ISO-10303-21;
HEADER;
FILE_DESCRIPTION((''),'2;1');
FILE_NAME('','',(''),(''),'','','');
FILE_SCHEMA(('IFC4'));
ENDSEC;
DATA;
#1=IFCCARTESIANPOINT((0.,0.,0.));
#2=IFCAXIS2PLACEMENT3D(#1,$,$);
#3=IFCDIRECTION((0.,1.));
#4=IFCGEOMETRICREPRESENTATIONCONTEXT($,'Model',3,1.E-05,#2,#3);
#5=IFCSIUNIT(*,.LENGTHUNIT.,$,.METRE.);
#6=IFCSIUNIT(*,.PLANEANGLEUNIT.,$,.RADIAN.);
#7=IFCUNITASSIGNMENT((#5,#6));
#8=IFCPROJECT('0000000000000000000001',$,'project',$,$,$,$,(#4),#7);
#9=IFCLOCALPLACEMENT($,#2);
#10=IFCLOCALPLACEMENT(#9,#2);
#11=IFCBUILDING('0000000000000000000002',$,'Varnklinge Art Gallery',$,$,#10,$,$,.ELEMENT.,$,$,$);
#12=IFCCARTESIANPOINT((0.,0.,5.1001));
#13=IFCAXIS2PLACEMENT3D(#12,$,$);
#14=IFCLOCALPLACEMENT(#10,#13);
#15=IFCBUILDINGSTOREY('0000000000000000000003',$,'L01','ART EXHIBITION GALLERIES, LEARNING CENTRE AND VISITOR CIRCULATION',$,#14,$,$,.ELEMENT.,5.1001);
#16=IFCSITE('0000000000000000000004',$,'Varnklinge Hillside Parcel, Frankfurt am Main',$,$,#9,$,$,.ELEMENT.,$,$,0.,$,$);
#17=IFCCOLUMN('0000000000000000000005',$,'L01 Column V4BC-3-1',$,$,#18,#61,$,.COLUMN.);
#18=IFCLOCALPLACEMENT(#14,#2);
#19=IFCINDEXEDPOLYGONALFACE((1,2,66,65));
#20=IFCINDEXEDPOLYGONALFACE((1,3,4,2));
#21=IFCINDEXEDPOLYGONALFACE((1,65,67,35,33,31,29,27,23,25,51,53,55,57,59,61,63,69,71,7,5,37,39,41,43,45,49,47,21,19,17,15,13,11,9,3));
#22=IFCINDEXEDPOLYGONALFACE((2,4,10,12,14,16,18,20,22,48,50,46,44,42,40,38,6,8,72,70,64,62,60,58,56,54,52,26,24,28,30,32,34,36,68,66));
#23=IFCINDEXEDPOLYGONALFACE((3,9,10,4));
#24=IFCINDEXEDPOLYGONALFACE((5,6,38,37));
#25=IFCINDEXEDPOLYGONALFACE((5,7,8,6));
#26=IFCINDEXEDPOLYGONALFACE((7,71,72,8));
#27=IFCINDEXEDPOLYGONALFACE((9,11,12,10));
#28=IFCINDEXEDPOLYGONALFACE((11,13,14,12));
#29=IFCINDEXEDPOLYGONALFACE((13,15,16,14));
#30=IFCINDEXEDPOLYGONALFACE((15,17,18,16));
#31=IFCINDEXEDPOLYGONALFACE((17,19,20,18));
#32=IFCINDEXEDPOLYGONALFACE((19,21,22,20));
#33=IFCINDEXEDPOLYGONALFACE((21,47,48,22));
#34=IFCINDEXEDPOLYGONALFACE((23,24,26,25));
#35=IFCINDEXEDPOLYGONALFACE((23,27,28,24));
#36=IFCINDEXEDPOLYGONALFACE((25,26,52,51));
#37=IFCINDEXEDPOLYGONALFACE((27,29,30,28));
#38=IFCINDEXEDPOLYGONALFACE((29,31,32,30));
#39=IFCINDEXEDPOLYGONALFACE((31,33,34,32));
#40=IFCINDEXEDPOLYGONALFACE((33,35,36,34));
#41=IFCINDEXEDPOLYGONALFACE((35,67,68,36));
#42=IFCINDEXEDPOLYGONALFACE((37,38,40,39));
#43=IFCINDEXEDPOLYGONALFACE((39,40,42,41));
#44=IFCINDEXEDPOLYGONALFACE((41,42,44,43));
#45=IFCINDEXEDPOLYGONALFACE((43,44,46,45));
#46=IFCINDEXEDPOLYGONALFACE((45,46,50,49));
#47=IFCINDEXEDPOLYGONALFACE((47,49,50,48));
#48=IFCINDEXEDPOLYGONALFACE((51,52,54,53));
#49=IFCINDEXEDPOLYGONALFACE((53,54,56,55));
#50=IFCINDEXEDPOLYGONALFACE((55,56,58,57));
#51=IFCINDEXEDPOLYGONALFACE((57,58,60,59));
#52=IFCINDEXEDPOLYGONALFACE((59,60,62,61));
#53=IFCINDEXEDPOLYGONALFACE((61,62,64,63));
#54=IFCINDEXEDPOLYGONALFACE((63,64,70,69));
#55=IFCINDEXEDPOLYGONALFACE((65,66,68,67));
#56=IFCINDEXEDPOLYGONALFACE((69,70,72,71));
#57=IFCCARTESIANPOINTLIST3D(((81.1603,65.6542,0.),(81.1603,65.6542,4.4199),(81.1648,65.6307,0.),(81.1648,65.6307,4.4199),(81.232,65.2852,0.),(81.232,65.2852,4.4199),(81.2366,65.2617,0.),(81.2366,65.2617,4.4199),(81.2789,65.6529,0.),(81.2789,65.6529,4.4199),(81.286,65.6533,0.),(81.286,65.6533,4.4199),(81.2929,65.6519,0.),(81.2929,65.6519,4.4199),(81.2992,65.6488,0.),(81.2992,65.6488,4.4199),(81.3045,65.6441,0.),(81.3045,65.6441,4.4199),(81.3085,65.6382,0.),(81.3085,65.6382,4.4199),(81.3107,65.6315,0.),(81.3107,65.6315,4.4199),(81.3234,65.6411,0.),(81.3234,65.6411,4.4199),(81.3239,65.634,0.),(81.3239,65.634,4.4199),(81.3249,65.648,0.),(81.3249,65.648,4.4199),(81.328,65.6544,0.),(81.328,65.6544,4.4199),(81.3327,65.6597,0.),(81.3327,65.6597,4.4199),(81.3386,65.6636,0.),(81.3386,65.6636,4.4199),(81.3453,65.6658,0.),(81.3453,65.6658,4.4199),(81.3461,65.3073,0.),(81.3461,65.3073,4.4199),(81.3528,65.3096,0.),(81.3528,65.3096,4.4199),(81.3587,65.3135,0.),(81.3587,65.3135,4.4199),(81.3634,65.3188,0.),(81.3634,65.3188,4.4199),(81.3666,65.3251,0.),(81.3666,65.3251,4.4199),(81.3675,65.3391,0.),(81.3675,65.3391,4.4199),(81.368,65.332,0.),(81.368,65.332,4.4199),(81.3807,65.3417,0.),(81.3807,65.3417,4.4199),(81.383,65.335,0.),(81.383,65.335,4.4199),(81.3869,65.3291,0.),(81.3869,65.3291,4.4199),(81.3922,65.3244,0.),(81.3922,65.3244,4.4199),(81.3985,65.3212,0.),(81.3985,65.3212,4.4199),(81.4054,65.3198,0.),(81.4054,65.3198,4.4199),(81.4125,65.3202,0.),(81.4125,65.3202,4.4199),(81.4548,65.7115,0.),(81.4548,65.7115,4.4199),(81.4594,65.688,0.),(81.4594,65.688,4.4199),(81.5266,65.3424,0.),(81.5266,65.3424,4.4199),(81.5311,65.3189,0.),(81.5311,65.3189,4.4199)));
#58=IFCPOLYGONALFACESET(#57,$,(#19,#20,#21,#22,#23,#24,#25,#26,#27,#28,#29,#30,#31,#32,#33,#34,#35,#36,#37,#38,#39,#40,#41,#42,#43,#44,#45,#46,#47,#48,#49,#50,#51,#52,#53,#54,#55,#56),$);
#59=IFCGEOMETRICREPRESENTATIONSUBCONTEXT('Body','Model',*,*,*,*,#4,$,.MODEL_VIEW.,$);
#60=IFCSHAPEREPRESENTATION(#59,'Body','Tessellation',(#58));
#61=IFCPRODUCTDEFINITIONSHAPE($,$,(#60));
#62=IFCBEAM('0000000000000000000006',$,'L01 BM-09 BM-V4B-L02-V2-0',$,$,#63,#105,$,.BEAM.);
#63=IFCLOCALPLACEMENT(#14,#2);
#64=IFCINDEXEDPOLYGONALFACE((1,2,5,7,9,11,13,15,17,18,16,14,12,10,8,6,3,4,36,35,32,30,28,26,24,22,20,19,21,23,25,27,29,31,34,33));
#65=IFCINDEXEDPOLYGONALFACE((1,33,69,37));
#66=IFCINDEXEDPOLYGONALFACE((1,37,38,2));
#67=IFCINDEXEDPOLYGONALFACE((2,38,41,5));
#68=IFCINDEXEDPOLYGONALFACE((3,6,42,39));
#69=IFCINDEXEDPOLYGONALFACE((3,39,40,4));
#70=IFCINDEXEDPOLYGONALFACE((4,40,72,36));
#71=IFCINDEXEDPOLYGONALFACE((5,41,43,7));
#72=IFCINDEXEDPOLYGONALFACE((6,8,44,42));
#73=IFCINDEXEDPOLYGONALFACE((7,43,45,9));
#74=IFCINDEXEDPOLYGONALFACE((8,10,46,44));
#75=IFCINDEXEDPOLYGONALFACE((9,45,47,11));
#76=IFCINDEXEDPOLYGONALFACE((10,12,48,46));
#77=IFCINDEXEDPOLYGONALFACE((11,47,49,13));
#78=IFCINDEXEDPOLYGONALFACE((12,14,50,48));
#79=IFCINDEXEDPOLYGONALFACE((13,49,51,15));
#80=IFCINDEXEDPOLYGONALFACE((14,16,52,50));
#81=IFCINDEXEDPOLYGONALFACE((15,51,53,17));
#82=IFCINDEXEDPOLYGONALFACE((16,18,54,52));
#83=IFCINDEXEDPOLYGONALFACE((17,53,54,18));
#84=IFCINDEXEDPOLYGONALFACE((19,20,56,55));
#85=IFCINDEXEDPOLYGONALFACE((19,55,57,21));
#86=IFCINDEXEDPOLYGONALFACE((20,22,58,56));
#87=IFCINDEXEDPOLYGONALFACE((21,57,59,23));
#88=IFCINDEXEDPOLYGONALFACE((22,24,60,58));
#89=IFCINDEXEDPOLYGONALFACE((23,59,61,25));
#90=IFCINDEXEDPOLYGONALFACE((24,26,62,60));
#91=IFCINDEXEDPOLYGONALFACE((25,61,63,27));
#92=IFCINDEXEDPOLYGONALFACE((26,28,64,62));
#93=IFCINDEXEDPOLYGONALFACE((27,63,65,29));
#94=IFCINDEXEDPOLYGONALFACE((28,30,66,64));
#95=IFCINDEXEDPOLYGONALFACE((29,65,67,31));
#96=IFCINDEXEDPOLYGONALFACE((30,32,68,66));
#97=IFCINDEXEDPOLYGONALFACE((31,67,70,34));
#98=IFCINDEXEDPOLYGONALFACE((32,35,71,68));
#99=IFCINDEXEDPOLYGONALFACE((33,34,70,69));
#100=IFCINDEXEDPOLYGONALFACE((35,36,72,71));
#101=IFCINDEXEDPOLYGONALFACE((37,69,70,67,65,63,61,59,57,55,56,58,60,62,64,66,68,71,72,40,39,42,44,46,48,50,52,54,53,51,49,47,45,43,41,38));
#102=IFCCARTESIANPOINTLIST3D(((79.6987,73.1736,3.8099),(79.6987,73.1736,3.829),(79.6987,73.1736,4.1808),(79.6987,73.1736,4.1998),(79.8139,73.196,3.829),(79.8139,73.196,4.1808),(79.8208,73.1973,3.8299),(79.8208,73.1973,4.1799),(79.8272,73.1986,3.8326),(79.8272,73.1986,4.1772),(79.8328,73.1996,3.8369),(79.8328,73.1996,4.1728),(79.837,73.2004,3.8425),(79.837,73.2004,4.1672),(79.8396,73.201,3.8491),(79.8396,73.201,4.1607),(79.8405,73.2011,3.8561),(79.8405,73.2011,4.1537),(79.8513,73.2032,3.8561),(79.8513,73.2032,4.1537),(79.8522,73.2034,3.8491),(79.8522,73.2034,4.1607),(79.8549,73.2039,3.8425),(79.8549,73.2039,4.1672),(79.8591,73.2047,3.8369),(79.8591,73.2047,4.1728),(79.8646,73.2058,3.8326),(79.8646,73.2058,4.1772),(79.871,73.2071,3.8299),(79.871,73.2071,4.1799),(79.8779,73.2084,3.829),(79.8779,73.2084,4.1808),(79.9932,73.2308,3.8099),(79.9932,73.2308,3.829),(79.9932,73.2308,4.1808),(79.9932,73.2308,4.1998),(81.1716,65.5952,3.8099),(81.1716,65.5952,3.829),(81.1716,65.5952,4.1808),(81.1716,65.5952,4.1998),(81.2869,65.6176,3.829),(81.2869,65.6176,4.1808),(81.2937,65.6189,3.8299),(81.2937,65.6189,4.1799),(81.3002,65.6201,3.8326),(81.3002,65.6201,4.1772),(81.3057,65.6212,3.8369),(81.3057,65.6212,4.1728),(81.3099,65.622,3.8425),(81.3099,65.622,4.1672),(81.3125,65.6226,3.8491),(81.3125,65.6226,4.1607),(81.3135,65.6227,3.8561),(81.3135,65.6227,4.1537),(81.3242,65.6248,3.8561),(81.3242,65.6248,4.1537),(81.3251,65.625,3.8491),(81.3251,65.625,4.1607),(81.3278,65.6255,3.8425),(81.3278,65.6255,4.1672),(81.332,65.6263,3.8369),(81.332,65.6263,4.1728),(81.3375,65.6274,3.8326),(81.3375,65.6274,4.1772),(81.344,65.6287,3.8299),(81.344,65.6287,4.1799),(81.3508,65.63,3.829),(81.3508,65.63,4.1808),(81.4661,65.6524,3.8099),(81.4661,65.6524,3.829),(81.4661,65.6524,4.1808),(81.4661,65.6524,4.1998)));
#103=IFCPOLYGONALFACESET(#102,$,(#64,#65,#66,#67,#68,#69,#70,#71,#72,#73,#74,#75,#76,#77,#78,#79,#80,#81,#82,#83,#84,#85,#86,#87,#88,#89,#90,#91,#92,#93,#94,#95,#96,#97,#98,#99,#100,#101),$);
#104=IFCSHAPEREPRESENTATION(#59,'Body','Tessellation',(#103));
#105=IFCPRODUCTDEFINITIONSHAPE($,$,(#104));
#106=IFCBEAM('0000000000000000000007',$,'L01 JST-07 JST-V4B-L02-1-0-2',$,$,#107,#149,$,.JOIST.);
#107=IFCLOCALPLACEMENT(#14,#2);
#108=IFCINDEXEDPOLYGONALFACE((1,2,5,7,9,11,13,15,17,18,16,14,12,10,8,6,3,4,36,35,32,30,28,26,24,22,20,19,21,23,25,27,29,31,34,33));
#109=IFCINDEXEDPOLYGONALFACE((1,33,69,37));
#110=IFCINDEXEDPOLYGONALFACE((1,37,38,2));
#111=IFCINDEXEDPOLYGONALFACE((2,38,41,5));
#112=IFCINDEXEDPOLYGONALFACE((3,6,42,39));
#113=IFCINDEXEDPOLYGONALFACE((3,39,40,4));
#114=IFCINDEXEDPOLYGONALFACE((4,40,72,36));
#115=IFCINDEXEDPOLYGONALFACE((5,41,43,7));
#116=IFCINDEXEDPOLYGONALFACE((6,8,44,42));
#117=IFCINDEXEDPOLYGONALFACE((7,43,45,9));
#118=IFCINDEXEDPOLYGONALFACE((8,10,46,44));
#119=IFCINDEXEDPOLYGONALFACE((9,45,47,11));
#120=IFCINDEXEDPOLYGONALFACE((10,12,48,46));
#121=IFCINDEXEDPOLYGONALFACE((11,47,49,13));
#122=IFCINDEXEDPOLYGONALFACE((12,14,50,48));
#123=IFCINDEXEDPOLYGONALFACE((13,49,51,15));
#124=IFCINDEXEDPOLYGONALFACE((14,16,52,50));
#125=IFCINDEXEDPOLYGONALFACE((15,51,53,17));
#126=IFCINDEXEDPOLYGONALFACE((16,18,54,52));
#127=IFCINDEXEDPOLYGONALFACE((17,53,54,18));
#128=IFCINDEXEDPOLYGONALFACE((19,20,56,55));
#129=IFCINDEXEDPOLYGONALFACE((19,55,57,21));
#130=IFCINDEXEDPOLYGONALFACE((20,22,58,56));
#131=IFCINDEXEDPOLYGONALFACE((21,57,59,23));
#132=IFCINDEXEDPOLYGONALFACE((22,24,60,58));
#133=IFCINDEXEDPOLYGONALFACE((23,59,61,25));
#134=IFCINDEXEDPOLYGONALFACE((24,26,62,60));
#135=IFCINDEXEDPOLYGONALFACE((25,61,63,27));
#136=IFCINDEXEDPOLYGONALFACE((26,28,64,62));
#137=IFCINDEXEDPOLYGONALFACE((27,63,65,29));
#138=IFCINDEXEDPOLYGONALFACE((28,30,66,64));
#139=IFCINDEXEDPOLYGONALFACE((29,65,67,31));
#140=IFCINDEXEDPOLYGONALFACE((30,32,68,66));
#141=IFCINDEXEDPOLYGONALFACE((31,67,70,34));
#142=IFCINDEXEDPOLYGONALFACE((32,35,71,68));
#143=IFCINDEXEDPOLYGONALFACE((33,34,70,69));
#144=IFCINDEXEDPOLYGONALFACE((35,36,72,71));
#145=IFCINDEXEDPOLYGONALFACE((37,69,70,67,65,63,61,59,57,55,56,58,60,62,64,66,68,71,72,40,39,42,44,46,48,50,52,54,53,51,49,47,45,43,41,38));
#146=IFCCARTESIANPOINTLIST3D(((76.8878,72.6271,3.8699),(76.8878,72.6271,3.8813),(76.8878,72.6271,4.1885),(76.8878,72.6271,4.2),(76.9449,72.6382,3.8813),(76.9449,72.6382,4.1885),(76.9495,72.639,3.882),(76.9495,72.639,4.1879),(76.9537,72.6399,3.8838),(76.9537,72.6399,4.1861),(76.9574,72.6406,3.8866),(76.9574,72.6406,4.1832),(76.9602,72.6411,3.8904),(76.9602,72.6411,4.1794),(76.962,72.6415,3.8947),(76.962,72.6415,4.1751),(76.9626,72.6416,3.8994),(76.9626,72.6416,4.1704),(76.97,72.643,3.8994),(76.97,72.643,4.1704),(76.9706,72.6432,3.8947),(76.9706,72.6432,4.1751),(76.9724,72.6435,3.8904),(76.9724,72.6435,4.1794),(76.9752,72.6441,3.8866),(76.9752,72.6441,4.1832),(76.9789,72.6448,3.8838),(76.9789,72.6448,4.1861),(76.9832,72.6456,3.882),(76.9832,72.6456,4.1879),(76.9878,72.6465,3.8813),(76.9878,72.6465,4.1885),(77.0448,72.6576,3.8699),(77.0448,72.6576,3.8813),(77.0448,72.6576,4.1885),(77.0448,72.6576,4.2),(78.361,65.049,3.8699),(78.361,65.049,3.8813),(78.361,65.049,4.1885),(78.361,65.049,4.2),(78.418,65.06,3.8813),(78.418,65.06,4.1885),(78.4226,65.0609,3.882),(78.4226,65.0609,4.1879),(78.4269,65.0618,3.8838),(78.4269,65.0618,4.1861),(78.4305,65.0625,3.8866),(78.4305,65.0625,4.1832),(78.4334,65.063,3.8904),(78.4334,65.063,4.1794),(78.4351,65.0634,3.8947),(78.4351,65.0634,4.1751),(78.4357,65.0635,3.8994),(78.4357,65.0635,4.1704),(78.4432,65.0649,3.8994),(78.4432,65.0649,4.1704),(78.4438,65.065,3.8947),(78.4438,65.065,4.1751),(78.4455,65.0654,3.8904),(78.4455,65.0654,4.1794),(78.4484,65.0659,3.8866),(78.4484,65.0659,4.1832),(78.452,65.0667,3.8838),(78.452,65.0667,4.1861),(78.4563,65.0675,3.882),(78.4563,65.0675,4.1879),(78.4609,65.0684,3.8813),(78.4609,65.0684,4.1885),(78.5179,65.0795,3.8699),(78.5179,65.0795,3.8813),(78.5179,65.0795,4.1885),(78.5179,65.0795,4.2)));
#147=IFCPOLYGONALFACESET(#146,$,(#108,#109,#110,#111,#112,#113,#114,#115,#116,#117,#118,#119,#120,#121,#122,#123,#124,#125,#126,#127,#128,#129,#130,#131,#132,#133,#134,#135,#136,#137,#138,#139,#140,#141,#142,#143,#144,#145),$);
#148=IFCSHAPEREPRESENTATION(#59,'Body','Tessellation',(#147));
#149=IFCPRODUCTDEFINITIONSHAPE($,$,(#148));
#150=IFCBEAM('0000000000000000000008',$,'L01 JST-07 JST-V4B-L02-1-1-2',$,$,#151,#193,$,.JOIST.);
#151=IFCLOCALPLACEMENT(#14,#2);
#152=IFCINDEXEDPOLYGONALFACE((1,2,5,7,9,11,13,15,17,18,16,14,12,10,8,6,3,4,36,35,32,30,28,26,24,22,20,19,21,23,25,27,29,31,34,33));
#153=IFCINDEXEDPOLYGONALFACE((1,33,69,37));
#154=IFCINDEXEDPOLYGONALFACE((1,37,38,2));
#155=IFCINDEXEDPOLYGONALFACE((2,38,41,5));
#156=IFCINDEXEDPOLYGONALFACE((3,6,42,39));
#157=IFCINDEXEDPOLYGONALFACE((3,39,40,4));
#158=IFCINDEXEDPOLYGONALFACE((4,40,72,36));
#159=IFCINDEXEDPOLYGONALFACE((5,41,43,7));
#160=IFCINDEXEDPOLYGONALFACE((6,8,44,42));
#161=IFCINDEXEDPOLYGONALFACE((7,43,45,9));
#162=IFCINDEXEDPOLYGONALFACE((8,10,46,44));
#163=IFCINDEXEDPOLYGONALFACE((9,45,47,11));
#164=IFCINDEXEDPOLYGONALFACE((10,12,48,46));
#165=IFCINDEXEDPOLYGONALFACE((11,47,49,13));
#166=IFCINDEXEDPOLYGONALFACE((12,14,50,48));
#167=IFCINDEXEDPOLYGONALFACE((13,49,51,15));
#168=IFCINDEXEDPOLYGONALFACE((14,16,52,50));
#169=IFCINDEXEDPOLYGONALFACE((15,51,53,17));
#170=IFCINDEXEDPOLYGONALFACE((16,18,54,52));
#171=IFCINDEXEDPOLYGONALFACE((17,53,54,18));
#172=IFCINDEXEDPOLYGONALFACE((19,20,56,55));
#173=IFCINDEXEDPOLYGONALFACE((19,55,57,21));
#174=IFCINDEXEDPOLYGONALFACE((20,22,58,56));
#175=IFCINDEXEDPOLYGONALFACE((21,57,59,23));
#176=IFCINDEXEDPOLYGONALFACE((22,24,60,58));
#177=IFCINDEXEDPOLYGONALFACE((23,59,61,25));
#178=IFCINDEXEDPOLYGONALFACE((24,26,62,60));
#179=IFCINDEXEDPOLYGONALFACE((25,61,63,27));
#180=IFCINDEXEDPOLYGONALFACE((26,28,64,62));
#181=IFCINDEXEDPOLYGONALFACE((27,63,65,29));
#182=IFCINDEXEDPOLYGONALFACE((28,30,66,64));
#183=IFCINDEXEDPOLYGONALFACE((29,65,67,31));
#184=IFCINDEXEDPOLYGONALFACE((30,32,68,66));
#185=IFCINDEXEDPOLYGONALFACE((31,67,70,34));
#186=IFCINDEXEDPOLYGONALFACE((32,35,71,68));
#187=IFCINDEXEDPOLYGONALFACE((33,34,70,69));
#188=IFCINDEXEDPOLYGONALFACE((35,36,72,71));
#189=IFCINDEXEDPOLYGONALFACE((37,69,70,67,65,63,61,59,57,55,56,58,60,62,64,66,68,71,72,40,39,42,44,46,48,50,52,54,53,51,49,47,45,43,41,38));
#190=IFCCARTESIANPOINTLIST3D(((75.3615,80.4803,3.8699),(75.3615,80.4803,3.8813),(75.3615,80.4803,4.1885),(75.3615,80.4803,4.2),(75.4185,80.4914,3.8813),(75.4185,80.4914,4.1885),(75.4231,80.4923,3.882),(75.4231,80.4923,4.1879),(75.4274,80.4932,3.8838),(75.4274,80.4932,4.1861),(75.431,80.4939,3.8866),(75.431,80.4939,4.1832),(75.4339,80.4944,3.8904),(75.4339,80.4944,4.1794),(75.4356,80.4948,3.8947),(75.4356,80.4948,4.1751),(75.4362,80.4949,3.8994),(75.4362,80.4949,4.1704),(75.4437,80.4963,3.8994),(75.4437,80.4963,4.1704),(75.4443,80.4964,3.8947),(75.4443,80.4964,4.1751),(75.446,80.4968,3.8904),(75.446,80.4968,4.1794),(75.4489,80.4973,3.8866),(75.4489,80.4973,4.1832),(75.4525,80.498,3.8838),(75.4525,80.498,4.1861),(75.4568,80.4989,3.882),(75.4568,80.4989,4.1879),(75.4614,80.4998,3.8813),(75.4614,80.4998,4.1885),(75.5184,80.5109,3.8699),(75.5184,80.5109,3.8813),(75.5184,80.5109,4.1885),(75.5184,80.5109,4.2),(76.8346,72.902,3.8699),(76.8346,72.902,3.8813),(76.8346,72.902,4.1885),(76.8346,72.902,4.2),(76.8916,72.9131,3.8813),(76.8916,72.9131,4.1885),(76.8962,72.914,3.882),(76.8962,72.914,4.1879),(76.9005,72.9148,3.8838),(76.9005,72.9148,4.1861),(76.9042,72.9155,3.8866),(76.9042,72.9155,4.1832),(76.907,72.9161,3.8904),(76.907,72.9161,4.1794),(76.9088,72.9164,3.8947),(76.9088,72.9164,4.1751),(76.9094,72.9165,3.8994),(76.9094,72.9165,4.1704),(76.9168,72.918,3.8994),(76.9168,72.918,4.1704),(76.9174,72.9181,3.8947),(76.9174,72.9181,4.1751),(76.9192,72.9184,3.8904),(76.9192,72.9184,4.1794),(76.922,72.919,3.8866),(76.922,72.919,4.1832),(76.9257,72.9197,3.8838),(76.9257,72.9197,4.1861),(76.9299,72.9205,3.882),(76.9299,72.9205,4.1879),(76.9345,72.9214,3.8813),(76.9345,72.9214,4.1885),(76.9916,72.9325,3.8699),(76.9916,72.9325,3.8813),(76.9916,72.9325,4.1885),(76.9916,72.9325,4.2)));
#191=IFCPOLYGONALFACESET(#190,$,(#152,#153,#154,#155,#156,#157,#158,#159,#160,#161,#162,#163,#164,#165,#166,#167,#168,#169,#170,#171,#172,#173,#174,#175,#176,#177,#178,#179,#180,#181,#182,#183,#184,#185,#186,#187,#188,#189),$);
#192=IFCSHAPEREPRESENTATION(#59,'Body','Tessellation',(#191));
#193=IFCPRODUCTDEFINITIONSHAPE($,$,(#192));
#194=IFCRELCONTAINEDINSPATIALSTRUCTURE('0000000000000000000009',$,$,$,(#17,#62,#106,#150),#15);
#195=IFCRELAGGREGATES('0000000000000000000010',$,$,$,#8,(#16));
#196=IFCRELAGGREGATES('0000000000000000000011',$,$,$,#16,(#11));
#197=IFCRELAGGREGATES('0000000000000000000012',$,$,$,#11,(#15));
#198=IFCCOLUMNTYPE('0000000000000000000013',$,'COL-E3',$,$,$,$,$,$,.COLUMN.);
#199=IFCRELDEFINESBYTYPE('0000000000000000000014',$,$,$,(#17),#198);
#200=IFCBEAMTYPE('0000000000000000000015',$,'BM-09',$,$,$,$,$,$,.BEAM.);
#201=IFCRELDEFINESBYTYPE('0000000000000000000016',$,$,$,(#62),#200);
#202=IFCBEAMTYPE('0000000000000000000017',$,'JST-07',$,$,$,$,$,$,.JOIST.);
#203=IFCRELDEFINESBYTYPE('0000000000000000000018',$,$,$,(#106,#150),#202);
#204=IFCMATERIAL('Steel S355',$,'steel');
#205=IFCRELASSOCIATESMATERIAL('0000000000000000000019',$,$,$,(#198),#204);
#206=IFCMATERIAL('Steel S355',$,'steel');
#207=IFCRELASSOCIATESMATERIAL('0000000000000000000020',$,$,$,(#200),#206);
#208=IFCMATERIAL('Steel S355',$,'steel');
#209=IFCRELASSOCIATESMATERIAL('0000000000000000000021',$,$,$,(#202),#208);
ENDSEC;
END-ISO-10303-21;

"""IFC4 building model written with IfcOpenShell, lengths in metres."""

from ifc_helpers import new_model, si_unit, direction, frame, origin, origin_2d, place, context, subcontext, project, spatial, i_section, extrude, material, material_profile, profile_set, type_object, element, save


model = new_model("IFC4")

# Units and contexts
model_context = context("Model", 3, precision=1e-05, world=origin(), true_north=direction((0.0, 1.0)))
body_context = subcontext(model_context, "Body", "Model", "MODEL_VIEW")
ifc_project = project(units=[si_unit("LENGTHUNIT", "METRE"), si_unit("PLANEANGLEUNIT", "RADIAN")], contexts=[model_context])

# Site, building, storey
site_placement = place(None, origin())
site = spatial("IfcSite", under=ifc_project, at=site_placement, Name="Varnklinge Hillside Parcel, Frankfurt am Main", CompositionType="ELEMENT", RefElevation=0.0)
building_placement = place(site_placement, origin())
building = spatial("IfcBuilding", under=site, at=building_placement, Name="Varnklinge Art Gallery", CompositionType="ELEMENT")
storey_placement = place(building_placement, frame((0.0, 0.0, 5.1001)))
storey = spatial("IfcBuildingStorey", under=building, at=storey_placement, Name="L01", Description="ART EXHIBITION GALLERIES, LEARNING CENTRE AND VISITOR CIRCULATION", CompositionType="ELEMENT", Elevation=5.1001)

# Column
ifc_material_1 = material(Name="Steel S355", Category="steel")
ifc_material_profile_1 = material_profile(ifc_material_1, i_section(OverallWidth=0.3, OverallDepth=0.3999, WebThickness=0.0134, FlangeThickness=0.0239, FilletRadius=0.0271, at=origin_2d()), Name="HEB 400")
ifc_profile_set_1 = profile_set([ifc_material_profile_1], Name="Steel S355")
column_type = type_object("IfcColumnType", Name="COL-E3", PredefinedType="COLUMN", material=ifc_profile_set_1)
column_placement = place(storey_placement, frame((81.3457, 65.4866, 0.0), z_axis=(0.0, 0.0, 1.0), x_axis=(0.981627, 0.190809, 0.0)))
element("IfcColumn", 1, at=column_placement, inside=storey, type_object=column_type, Name="L01 Column V4BC-3-1", PredefinedType="COLUMN", context=body_context, shape_type="SweptSolid", body=[
    extrude(i_section(OverallWidth=0.3, OverallDepth=0.3999, WebThickness=0.0134, FlangeThickness=0.0239, FilletRadius=0.0271, at=origin_2d()), origin(), (0.0, 0.0, 1.0), 4.4199),
])

# Beams
ifc_material_2 = material(Name="Steel S355", Category="steel")
ifc_material_profile_2 = material_profile(ifc_material_2, i_section(OverallWidth=0.3, OverallDepth=0.3899, WebThickness=0.011, FlangeThickness=0.019, FilletRadius=0.0271, at=origin_2d()), Name="HEA 400")
ifc_profile_set_2 = profile_set([ifc_material_profile_2], Name="Steel S355")
beam_type_1 = type_object("IfcBeamType", Name="BM-09", PredefinedType="BEAM", material=ifc_profile_set_2)
beam_1_placement = place(storey_placement, frame((81.3188, 65.6238, 4.0049), z_axis=(-0.190786, 0.981632, 0.0), x_axis=(-0.981632, -0.190786, 0.0)))
element("IfcBeam", 2, at=beam_1_placement, inside=storey, type_object=beam_type_1, Name="L01 BM-09 BM-V4B-L02-V2-0", PredefinedType="BEAM", context=body_context, shape_type="SweptSolid", body=[
    extrude(i_section(OverallWidth=0.3, OverallDepth=0.3899, WebThickness=0.011, FlangeThickness=0.019, FilletRadius=0.0271, at=origin_2d()), origin(), (0.0, 0.0, 1.0), 7.7202),
])
ifc_material_3 = material(Name="Steel S355", Category="steel")
ifc_material_profile_3 = material_profile(ifc_material_3, i_section(OverallWidth=0.1599, OverallDepth=0.3301, WebThickness=0.0076, FlangeThickness=0.0115, FilletRadius=0.0181, at=origin_2d()), Name="IPE 330")
ifc_profile_set_3 = profile_set([ifc_material_profile_3], Name="Steel S355")
beam_type_2 = type_object("IfcBeamType", Name="JST-07", PredefinedType="JOIST", material=ifc_profile_set_3)
beam_2_placement = place(storey_placement, frame((78.4395, 65.0642, 4.0349), z_axis=(-0.190822, 0.981625, 0.0), x_axis=(-0.981625, -0.190822, 0.0)))
element("IfcBeam", 3, at=beam_2_placement, inside=storey, type_object=beam_type_2, Name="L01 JST-07 JST-V4B-L02-1-0-2", PredefinedType="JOIST", context=body_context, shape_type="SweptSolid", body=[
    extrude(i_section(OverallWidth=0.1599, OverallDepth=0.3301, WebThickness=0.0076, FlangeThickness=0.0115, FilletRadius=0.0181, at=origin_2d()), origin(), (0.0, 0.0, 1.0), 7.72),
])
beam_3_placement = place(storey_placement, frame((76.9131, 72.9172, 4.0349), z_axis=(-0.190816, 0.981626, 0.0), x_axis=(-0.981626, -0.190816, 0.0)))
element("IfcBeam", 4, at=beam_3_placement, inside=storey, type_object=beam_type_2, Name="L01 JST-07 JST-V4B-L02-1-1-2", PredefinedType="JOIST", context=body_context, shape_type="SweptSolid", body=[
    extrude(i_section(OverallWidth=0.1599, OverallDepth=0.3301, WebThickness=0.0076, FlangeThickness=0.0115, FilletRadius=0.0181, at=origin_2d()), origin(), (0.0, 0.0, 1.0), 7.7202),
])

save(model, "model.ifc")
